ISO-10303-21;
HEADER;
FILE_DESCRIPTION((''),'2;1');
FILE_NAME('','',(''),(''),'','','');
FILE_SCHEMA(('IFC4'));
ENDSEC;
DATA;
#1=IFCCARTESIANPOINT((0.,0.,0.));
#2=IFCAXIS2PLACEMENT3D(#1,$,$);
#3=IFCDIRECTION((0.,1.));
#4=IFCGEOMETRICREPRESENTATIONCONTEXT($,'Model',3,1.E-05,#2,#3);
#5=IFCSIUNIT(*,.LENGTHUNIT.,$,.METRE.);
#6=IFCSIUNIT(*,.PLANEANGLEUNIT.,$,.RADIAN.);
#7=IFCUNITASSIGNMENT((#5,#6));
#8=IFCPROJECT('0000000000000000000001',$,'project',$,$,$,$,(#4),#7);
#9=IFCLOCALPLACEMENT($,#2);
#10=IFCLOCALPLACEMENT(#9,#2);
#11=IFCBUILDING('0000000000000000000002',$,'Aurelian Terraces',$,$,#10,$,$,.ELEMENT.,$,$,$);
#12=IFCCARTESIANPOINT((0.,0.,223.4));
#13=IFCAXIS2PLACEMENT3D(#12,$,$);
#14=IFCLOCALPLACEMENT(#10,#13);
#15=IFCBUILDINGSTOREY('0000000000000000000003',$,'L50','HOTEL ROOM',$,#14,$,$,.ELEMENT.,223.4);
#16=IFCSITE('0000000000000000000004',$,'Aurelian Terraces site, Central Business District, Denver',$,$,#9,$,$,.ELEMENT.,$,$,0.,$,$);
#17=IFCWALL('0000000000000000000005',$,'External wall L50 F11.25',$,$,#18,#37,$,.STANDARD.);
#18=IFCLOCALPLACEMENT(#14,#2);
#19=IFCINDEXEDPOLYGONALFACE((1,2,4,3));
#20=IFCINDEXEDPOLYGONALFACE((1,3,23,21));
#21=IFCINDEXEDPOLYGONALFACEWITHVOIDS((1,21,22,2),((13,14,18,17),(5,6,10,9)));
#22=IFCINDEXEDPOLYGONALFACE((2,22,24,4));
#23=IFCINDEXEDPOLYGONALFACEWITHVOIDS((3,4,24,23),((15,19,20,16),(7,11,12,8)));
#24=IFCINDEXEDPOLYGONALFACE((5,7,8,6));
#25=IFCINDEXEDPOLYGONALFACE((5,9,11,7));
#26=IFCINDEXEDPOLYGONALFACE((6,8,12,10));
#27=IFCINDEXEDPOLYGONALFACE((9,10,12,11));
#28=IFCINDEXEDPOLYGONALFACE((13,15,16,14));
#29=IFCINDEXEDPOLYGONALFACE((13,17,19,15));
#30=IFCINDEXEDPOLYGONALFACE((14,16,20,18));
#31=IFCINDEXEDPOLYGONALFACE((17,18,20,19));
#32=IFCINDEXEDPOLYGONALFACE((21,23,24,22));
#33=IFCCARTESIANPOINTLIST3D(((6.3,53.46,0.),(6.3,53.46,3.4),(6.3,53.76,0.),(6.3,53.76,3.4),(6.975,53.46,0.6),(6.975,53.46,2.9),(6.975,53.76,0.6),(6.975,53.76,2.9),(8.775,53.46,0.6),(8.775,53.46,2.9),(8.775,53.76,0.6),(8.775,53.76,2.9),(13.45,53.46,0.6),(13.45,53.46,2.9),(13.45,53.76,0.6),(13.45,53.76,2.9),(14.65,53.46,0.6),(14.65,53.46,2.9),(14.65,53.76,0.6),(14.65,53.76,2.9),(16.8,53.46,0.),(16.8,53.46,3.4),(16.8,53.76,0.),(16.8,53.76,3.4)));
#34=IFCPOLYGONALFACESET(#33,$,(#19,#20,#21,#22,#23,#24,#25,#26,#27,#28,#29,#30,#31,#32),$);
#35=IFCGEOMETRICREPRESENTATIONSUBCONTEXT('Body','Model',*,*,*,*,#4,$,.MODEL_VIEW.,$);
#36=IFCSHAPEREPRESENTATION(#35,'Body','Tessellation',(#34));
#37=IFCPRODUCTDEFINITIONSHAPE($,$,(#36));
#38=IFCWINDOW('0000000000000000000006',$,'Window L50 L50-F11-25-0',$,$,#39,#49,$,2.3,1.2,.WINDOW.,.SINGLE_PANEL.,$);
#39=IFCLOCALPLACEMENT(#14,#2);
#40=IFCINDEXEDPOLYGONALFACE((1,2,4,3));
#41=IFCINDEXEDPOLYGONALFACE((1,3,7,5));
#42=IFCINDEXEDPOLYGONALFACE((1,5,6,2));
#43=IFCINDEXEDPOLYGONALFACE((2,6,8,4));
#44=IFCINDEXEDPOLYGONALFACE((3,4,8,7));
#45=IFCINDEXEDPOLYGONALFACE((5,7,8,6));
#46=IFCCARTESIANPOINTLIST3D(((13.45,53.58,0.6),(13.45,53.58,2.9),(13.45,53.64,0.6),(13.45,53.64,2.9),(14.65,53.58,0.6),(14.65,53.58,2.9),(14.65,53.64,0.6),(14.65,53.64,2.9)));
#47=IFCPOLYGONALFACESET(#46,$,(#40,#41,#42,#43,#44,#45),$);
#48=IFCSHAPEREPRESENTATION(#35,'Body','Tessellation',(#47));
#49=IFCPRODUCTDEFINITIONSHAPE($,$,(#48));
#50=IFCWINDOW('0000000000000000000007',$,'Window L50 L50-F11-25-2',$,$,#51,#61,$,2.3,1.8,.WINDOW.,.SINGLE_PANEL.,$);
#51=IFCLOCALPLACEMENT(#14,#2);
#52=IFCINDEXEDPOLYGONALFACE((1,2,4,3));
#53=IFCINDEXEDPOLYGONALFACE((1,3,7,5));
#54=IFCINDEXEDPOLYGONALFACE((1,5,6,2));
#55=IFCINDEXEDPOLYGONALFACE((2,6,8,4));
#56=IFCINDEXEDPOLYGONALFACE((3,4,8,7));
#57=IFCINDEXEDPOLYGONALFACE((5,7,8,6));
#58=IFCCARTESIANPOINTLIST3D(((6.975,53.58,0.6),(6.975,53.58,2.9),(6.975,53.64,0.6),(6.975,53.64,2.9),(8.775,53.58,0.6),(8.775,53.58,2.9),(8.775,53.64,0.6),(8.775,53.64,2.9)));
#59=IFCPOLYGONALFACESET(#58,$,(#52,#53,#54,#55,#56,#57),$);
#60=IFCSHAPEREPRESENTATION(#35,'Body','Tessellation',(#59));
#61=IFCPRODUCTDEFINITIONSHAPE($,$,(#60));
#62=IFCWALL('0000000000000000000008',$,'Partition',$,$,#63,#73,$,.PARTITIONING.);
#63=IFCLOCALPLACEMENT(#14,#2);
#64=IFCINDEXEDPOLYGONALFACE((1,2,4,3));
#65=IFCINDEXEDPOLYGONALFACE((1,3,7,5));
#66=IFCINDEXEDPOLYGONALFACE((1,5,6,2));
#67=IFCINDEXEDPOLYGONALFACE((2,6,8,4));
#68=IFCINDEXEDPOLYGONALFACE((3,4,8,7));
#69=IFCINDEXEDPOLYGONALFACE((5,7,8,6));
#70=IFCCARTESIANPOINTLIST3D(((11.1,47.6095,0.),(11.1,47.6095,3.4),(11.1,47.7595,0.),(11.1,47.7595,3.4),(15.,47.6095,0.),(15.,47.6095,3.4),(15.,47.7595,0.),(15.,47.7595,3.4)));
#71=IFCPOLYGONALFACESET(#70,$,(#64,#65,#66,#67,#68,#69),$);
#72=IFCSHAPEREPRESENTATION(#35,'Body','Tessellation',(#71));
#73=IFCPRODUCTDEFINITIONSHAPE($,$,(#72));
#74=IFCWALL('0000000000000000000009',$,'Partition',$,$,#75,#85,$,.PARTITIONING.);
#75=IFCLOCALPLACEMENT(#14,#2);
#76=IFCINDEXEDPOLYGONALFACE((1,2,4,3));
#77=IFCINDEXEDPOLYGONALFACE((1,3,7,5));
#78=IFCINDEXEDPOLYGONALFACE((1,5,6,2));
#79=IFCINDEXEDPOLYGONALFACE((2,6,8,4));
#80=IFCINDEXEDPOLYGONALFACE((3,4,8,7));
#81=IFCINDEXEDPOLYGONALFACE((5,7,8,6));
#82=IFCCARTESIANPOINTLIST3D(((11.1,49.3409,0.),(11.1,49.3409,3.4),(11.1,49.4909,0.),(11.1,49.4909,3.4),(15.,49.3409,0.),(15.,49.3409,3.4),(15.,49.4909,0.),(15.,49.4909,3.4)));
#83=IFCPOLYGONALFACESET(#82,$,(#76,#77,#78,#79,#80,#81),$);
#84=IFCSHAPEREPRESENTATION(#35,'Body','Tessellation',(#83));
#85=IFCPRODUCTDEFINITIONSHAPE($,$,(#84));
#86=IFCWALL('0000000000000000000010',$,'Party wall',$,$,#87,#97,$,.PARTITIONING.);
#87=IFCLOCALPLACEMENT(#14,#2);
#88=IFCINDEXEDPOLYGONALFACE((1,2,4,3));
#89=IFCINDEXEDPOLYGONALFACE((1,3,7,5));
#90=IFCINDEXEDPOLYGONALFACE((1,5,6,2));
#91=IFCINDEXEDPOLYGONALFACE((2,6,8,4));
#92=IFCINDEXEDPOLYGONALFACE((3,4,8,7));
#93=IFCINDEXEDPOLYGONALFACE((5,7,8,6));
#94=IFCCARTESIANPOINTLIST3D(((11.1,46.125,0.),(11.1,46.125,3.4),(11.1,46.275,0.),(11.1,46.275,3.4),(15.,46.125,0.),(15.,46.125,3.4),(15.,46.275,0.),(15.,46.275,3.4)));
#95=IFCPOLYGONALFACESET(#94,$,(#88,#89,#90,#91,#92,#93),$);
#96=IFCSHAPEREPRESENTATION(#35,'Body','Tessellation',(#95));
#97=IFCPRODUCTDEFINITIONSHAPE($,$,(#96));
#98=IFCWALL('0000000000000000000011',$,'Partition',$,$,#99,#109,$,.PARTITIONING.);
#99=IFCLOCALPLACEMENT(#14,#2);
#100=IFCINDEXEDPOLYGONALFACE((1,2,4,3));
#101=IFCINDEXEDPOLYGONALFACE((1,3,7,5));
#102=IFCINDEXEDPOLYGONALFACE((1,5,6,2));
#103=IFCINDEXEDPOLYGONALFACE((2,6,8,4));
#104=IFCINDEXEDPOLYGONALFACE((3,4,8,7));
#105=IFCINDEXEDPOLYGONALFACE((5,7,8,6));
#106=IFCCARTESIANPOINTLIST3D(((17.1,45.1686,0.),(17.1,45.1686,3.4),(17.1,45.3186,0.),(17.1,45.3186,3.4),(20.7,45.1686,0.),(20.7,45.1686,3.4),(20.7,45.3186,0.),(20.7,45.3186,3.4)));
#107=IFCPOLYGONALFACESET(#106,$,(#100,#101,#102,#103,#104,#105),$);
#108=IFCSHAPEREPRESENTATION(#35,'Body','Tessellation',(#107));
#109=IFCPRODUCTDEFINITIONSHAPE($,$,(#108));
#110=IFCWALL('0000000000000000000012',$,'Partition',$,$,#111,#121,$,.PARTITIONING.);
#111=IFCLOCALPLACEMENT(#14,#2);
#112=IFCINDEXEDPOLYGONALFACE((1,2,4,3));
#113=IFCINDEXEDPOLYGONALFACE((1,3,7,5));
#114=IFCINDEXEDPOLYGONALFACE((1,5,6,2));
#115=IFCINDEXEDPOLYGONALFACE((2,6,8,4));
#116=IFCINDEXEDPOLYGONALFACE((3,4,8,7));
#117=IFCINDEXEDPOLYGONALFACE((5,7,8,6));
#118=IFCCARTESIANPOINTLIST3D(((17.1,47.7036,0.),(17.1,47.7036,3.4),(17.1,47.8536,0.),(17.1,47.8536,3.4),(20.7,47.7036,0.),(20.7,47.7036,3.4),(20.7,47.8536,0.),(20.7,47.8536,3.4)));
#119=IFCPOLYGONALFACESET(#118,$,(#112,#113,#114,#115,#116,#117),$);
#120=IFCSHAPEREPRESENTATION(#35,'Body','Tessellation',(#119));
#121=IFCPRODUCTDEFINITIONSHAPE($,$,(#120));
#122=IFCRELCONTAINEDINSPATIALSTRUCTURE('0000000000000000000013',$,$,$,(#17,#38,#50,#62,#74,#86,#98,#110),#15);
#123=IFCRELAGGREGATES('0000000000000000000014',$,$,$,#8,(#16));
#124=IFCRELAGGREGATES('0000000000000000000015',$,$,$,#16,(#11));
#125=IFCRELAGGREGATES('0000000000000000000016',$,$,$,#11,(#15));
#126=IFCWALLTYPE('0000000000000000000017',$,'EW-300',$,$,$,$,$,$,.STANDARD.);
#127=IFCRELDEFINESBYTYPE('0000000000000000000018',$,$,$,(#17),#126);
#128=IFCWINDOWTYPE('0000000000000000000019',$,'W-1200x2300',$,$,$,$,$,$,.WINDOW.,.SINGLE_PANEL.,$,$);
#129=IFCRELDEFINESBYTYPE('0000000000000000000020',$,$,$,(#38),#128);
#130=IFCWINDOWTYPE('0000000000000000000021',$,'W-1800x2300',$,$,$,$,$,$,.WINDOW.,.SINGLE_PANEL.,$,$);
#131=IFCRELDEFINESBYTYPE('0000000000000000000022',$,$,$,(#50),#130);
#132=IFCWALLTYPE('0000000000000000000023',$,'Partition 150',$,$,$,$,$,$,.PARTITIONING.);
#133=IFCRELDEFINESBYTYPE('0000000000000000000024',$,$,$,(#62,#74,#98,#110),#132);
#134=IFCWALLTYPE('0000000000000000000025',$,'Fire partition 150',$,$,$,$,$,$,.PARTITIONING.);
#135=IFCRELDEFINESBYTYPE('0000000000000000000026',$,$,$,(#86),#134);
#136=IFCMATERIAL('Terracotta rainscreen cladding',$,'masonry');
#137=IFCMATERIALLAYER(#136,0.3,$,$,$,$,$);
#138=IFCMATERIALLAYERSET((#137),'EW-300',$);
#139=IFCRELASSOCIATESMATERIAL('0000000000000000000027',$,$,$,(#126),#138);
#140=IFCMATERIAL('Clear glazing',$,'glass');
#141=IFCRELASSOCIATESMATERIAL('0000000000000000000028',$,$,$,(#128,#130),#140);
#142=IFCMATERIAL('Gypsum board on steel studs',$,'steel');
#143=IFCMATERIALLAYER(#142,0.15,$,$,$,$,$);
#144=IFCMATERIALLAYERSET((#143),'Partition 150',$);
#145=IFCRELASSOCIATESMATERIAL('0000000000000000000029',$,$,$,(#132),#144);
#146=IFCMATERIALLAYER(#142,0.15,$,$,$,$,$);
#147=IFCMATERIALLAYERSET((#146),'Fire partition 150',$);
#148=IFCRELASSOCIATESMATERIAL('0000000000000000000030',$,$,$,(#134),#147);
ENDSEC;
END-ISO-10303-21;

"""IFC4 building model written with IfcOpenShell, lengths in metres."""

from ifc_helpers import new_model, si_unit, direction, frame, frame_2d, origin, place, context, subcontext, project, spatial, rectangle, extrude, source, transform, mapped, material, layer, layer_set, type_object, element, fill, save


model = new_model("IFC4")

# Units and contexts
model_context = context("Model", 3, precision=1e-05, world=origin(), true_north=direction((0.0, 1.0)))
body_context = subcontext(model_context, "Body", "Model", "MODEL_VIEW")
ifc_project = project(units=[si_unit("LENGTHUNIT", "METRE"), si_unit("PLANEANGLEUNIT", "RADIAN")], contexts=[model_context])

# Site, building, storey
site_placement = place(None, origin())
site = spatial("IfcSite", under=ifc_project, at=site_placement, Name="Aurelian Terraces site, Central Business District, Denver", CompositionType="ELEMENT", RefElevation=0.0)
building_placement = place(site_placement, origin())
building = spatial("IfcBuilding", under=site, at=building_placement, Name="Aurelian Terraces", CompositionType="ELEMENT")
storey_placement = place(building_placement, frame((0.0, 0.0, 223.4)))
storey = spatial("IfcBuildingStorey", under=building, at=storey_placement, Name="L50", Description="HOTEL ROOM", CompositionType="ELEMENT", Elevation=223.4)

# Shared definitions
ifc_material_1 = material(Name="Terracotta rainscreen cladding", Category="masonry")
ifc_layer_1 = layer(ifc_material_1, 0.3)
ifc_layer_set_1 = layer_set([ifc_layer_1], Name="EW-300")
wall_type_1 = type_object("IfcWallType", Name="EW-300", PredefinedType="STANDARD", material=ifc_layer_set_1)

# Shared definitions
ifc_material_2 = material(Name="Clear glazing", Category="glass")
shared_shape_1 = source(origin(), body_context, "Body", "SweptSolid", [
    extrude(rectangle(XDim=1.2, YDim=2.3, at=frame_2d((0.6, 1.15))), frame((0.0, 0.16, 0.0), z_axis=(0.0, -1.0, 0.0), x_axis=(1.0, 0.0, 0.0)), (0.0, 0.0, 1.0), 0.32),
])
window_type_1 = type_object("IfcWindowType", Name="W-1200x2300", PartitioningType="SINGLE_PANEL", PredefinedType="WINDOW", material=ifc_material_2)
shared_shape_2 = source(origin(), body_context, "Body", "SweptSolid", [
    extrude(rectangle(XDim=1.2, YDim=2.3, at=frame_2d((0.6, 1.15))), frame((0.0, 0.03, 0.0), z_axis=(0.0, -1.0, 0.0), x_axis=(1.0, 0.0, 0.0)), (0.0, 0.0, 1.0), 0.06),
])

# Wall, openings, windows
shared_shape_3 = source(origin(), body_context, "Body", "SweptSolid", [
    extrude(rectangle(XDim=10.5, YDim=0.3, at=frame_2d((5.25, 0.0))), origin(), (0.0, 0.0, 1.0), 3.4),
])
wall_1_placement = place(storey_placement, frame((16.8, 53.61, 0.0), z_axis=(0.0, 0.0, 1.0), x_axis=(-1.0, 0.0, 0.0)))
wall_1 = element("IfcWall", 1, at=wall_1_placement, inside=storey, type_object=wall_type_1, Name="External wall L50 F11.25", PredefinedType="STANDARD", context=body_context, shape_type="MappedRepresentation", body=[
    mapped(shared_shape_3, transform((0.0, 0.0, 0.0), scale=1.0)),
])
opening_1_placement = place(wall_1_placement, frame((2.15, 0.0, 0.6)))
opening_1 = element("IfcOpeningElement", 2, at=opening_1_placement, cuts=wall_1, PredefinedType="OPENING", context=body_context, shape_type="MappedRepresentation", body=[
    mapped(shared_shape_1, transform((0.0, 0.0, 0.0), scale=1.0)),
])
shared_shape_4 = source(origin(), body_context, "Body", "SweptSolid", [
    extrude(rectangle(XDim=1.8, YDim=2.3, at=frame_2d((0.9, 1.15))), frame((0.0, 0.16, 0.0), z_axis=(0.0, -1.0, 0.0), x_axis=(1.0, 0.0, 0.0)), (0.0, 0.0, 1.0), 0.32),
])
opening_2_placement = place(wall_1_placement, frame((8.025, 0.0, 0.6)))
opening_2 = element("IfcOpeningElement", 3, at=opening_2_placement, cuts=wall_1, PredefinedType="OPENING", context=body_context, shape_type="MappedRepresentation", body=[
    mapped(shared_shape_4, transform((0.0, 0.0, 0.0), scale=1.0)),
])
window_1_placement = place(opening_1_placement, origin())
window_1 = element("IfcWindow", 4, at=window_1_placement, inside=storey, type_object=window_type_1, Name="Window L50 L50-F11-25-0", OverallHeight=2.3, OverallWidth=1.2, PartitioningType="SINGLE_PANEL", PredefinedType="WINDOW", context=body_context, shape_type="MappedRepresentation", body=[
    mapped(shared_shape_2, transform((0.0, 0.0, 0.0), scale=1.0)),
])
fill(opening_1, window_1)
window_type_2 = type_object("IfcWindowType", Name="W-1800x2300", PartitioningType="SINGLE_PANEL", PredefinedType="WINDOW", material=ifc_material_2)
shared_shape_5 = source(origin(), body_context, "Body", "SweptSolid", [
    extrude(rectangle(XDim=1.8, YDim=2.3, at=frame_2d((0.9, 1.15))), frame((0.0, 0.03, 0.0), z_axis=(0.0, -1.0, 0.0), x_axis=(1.0, 0.0, 0.0)), (0.0, 0.0, 1.0), 0.06),
])
window_2_placement = place(opening_2_placement, origin())
window_2 = element("IfcWindow", 5, at=window_2_placement, inside=storey, type_object=window_type_2, Name="Window L50 L50-F11-25-2", OverallHeight=2.3, OverallWidth=1.8, PartitioningType="SINGLE_PANEL", PredefinedType="WINDOW", context=body_context, shape_type="MappedRepresentation", body=[
    mapped(shared_shape_5, transform((0.0, 0.0, 0.0), scale=1.0)),
])
fill(opening_2, window_2)

# Walls
ifc_material_3 = material(Name="Gypsum board on steel studs", Category="steel")
ifc_layer_2 = layer(ifc_material_3, 0.15)
ifc_layer_set_2 = layer_set([ifc_layer_2], Name="Partition 150")
wall_type_2 = type_object("IfcWallType", Name="Partition 150", PredefinedType="PARTITIONING", material=ifc_layer_set_2)
shared_shape_6 = source(origin(), body_context, "Body", "SweptSolid", [
    extrude(rectangle(XDim=3.9, YDim=0.15, at=frame_2d((1.95, 0.0))), origin(), (0.0, 0.0, 1.0), 3.4),
])
for number, where, z_axis, x_axis, name in (
    (6, (15.0, 47.6845, 0.0), (0.0, 0.0, 1.0), (-1.0, 0.0, 0.0), "Partition"),
    (7, (15.0, 49.4159, 0.0), (0.0, 0.0, 1.0), (-1.0, 0.0, 0.0), "Partition"),
):
    element("IfcWall", number, at=place(storey_placement, frame(where, z_axis=z_axis, x_axis=x_axis)), inside=storey, type_object=wall_type_2, Name=name, PredefinedType="PARTITIONING", context=body_context, shape_type="MappedRepresentation", body=[
        mapped(shared_shape_6, transform((0.0, 0.0, 0.0), scale=1.0)),
    ])
ifc_layer_3 = layer(ifc_material_3, 0.15)
ifc_layer_set_3 = layer_set([ifc_layer_3], Name="Fire partition 150")
wall_type_3 = type_object("IfcWallType", Name="Fire partition 150", PredefinedType="PARTITIONING", material=ifc_layer_set_3)
wall_2_placement = place(storey_placement, frame((15.0, 46.2, 0.0), z_axis=(0.0, 0.0, 1.0), x_axis=(-1.0, 0.0, 0.0)))
element("IfcWall", 8, at=wall_2_placement, inside=storey, type_object=wall_type_3, Name="Party wall", PredefinedType="PARTITIONING", context=body_context, shape_type="MappedRepresentation", body=[
    mapped(shared_shape_6, transform((0.0, 0.0, 0.0), scale=1.0)),
])
shared_shape_7 = source(origin(), body_context, "Body", "SweptSolid", [
    extrude(rectangle(XDim=3.6, YDim=0.15, at=frame_2d((1.8, 0.0))), origin(), (0.0, 0.0, 1.0), 3.4),
])
for number, where, z_axis, x_axis, name in (
    (9, (17.1, 45.2436, 0.0), (0.0, 0.0, 1.0), (1.0, 0.0, 0.0), "Partition"),
    (10, (17.1, 47.7786, 0.0), (0.0, 0.0, 1.0), (1.0, 0.0, 0.0), "Partition"),
):
    element("IfcWall", number, at=place(storey_placement, frame(where, z_axis=z_axis, x_axis=x_axis)), inside=storey, type_object=wall_type_2, Name=name, PredefinedType="PARTITIONING", context=body_context, shape_type="MappedRepresentation", body=[
        mapped(shared_shape_7, transform((0.0, 0.0, 0.0), scale=1.0)),
    ])

save(model, "model.ifc")
